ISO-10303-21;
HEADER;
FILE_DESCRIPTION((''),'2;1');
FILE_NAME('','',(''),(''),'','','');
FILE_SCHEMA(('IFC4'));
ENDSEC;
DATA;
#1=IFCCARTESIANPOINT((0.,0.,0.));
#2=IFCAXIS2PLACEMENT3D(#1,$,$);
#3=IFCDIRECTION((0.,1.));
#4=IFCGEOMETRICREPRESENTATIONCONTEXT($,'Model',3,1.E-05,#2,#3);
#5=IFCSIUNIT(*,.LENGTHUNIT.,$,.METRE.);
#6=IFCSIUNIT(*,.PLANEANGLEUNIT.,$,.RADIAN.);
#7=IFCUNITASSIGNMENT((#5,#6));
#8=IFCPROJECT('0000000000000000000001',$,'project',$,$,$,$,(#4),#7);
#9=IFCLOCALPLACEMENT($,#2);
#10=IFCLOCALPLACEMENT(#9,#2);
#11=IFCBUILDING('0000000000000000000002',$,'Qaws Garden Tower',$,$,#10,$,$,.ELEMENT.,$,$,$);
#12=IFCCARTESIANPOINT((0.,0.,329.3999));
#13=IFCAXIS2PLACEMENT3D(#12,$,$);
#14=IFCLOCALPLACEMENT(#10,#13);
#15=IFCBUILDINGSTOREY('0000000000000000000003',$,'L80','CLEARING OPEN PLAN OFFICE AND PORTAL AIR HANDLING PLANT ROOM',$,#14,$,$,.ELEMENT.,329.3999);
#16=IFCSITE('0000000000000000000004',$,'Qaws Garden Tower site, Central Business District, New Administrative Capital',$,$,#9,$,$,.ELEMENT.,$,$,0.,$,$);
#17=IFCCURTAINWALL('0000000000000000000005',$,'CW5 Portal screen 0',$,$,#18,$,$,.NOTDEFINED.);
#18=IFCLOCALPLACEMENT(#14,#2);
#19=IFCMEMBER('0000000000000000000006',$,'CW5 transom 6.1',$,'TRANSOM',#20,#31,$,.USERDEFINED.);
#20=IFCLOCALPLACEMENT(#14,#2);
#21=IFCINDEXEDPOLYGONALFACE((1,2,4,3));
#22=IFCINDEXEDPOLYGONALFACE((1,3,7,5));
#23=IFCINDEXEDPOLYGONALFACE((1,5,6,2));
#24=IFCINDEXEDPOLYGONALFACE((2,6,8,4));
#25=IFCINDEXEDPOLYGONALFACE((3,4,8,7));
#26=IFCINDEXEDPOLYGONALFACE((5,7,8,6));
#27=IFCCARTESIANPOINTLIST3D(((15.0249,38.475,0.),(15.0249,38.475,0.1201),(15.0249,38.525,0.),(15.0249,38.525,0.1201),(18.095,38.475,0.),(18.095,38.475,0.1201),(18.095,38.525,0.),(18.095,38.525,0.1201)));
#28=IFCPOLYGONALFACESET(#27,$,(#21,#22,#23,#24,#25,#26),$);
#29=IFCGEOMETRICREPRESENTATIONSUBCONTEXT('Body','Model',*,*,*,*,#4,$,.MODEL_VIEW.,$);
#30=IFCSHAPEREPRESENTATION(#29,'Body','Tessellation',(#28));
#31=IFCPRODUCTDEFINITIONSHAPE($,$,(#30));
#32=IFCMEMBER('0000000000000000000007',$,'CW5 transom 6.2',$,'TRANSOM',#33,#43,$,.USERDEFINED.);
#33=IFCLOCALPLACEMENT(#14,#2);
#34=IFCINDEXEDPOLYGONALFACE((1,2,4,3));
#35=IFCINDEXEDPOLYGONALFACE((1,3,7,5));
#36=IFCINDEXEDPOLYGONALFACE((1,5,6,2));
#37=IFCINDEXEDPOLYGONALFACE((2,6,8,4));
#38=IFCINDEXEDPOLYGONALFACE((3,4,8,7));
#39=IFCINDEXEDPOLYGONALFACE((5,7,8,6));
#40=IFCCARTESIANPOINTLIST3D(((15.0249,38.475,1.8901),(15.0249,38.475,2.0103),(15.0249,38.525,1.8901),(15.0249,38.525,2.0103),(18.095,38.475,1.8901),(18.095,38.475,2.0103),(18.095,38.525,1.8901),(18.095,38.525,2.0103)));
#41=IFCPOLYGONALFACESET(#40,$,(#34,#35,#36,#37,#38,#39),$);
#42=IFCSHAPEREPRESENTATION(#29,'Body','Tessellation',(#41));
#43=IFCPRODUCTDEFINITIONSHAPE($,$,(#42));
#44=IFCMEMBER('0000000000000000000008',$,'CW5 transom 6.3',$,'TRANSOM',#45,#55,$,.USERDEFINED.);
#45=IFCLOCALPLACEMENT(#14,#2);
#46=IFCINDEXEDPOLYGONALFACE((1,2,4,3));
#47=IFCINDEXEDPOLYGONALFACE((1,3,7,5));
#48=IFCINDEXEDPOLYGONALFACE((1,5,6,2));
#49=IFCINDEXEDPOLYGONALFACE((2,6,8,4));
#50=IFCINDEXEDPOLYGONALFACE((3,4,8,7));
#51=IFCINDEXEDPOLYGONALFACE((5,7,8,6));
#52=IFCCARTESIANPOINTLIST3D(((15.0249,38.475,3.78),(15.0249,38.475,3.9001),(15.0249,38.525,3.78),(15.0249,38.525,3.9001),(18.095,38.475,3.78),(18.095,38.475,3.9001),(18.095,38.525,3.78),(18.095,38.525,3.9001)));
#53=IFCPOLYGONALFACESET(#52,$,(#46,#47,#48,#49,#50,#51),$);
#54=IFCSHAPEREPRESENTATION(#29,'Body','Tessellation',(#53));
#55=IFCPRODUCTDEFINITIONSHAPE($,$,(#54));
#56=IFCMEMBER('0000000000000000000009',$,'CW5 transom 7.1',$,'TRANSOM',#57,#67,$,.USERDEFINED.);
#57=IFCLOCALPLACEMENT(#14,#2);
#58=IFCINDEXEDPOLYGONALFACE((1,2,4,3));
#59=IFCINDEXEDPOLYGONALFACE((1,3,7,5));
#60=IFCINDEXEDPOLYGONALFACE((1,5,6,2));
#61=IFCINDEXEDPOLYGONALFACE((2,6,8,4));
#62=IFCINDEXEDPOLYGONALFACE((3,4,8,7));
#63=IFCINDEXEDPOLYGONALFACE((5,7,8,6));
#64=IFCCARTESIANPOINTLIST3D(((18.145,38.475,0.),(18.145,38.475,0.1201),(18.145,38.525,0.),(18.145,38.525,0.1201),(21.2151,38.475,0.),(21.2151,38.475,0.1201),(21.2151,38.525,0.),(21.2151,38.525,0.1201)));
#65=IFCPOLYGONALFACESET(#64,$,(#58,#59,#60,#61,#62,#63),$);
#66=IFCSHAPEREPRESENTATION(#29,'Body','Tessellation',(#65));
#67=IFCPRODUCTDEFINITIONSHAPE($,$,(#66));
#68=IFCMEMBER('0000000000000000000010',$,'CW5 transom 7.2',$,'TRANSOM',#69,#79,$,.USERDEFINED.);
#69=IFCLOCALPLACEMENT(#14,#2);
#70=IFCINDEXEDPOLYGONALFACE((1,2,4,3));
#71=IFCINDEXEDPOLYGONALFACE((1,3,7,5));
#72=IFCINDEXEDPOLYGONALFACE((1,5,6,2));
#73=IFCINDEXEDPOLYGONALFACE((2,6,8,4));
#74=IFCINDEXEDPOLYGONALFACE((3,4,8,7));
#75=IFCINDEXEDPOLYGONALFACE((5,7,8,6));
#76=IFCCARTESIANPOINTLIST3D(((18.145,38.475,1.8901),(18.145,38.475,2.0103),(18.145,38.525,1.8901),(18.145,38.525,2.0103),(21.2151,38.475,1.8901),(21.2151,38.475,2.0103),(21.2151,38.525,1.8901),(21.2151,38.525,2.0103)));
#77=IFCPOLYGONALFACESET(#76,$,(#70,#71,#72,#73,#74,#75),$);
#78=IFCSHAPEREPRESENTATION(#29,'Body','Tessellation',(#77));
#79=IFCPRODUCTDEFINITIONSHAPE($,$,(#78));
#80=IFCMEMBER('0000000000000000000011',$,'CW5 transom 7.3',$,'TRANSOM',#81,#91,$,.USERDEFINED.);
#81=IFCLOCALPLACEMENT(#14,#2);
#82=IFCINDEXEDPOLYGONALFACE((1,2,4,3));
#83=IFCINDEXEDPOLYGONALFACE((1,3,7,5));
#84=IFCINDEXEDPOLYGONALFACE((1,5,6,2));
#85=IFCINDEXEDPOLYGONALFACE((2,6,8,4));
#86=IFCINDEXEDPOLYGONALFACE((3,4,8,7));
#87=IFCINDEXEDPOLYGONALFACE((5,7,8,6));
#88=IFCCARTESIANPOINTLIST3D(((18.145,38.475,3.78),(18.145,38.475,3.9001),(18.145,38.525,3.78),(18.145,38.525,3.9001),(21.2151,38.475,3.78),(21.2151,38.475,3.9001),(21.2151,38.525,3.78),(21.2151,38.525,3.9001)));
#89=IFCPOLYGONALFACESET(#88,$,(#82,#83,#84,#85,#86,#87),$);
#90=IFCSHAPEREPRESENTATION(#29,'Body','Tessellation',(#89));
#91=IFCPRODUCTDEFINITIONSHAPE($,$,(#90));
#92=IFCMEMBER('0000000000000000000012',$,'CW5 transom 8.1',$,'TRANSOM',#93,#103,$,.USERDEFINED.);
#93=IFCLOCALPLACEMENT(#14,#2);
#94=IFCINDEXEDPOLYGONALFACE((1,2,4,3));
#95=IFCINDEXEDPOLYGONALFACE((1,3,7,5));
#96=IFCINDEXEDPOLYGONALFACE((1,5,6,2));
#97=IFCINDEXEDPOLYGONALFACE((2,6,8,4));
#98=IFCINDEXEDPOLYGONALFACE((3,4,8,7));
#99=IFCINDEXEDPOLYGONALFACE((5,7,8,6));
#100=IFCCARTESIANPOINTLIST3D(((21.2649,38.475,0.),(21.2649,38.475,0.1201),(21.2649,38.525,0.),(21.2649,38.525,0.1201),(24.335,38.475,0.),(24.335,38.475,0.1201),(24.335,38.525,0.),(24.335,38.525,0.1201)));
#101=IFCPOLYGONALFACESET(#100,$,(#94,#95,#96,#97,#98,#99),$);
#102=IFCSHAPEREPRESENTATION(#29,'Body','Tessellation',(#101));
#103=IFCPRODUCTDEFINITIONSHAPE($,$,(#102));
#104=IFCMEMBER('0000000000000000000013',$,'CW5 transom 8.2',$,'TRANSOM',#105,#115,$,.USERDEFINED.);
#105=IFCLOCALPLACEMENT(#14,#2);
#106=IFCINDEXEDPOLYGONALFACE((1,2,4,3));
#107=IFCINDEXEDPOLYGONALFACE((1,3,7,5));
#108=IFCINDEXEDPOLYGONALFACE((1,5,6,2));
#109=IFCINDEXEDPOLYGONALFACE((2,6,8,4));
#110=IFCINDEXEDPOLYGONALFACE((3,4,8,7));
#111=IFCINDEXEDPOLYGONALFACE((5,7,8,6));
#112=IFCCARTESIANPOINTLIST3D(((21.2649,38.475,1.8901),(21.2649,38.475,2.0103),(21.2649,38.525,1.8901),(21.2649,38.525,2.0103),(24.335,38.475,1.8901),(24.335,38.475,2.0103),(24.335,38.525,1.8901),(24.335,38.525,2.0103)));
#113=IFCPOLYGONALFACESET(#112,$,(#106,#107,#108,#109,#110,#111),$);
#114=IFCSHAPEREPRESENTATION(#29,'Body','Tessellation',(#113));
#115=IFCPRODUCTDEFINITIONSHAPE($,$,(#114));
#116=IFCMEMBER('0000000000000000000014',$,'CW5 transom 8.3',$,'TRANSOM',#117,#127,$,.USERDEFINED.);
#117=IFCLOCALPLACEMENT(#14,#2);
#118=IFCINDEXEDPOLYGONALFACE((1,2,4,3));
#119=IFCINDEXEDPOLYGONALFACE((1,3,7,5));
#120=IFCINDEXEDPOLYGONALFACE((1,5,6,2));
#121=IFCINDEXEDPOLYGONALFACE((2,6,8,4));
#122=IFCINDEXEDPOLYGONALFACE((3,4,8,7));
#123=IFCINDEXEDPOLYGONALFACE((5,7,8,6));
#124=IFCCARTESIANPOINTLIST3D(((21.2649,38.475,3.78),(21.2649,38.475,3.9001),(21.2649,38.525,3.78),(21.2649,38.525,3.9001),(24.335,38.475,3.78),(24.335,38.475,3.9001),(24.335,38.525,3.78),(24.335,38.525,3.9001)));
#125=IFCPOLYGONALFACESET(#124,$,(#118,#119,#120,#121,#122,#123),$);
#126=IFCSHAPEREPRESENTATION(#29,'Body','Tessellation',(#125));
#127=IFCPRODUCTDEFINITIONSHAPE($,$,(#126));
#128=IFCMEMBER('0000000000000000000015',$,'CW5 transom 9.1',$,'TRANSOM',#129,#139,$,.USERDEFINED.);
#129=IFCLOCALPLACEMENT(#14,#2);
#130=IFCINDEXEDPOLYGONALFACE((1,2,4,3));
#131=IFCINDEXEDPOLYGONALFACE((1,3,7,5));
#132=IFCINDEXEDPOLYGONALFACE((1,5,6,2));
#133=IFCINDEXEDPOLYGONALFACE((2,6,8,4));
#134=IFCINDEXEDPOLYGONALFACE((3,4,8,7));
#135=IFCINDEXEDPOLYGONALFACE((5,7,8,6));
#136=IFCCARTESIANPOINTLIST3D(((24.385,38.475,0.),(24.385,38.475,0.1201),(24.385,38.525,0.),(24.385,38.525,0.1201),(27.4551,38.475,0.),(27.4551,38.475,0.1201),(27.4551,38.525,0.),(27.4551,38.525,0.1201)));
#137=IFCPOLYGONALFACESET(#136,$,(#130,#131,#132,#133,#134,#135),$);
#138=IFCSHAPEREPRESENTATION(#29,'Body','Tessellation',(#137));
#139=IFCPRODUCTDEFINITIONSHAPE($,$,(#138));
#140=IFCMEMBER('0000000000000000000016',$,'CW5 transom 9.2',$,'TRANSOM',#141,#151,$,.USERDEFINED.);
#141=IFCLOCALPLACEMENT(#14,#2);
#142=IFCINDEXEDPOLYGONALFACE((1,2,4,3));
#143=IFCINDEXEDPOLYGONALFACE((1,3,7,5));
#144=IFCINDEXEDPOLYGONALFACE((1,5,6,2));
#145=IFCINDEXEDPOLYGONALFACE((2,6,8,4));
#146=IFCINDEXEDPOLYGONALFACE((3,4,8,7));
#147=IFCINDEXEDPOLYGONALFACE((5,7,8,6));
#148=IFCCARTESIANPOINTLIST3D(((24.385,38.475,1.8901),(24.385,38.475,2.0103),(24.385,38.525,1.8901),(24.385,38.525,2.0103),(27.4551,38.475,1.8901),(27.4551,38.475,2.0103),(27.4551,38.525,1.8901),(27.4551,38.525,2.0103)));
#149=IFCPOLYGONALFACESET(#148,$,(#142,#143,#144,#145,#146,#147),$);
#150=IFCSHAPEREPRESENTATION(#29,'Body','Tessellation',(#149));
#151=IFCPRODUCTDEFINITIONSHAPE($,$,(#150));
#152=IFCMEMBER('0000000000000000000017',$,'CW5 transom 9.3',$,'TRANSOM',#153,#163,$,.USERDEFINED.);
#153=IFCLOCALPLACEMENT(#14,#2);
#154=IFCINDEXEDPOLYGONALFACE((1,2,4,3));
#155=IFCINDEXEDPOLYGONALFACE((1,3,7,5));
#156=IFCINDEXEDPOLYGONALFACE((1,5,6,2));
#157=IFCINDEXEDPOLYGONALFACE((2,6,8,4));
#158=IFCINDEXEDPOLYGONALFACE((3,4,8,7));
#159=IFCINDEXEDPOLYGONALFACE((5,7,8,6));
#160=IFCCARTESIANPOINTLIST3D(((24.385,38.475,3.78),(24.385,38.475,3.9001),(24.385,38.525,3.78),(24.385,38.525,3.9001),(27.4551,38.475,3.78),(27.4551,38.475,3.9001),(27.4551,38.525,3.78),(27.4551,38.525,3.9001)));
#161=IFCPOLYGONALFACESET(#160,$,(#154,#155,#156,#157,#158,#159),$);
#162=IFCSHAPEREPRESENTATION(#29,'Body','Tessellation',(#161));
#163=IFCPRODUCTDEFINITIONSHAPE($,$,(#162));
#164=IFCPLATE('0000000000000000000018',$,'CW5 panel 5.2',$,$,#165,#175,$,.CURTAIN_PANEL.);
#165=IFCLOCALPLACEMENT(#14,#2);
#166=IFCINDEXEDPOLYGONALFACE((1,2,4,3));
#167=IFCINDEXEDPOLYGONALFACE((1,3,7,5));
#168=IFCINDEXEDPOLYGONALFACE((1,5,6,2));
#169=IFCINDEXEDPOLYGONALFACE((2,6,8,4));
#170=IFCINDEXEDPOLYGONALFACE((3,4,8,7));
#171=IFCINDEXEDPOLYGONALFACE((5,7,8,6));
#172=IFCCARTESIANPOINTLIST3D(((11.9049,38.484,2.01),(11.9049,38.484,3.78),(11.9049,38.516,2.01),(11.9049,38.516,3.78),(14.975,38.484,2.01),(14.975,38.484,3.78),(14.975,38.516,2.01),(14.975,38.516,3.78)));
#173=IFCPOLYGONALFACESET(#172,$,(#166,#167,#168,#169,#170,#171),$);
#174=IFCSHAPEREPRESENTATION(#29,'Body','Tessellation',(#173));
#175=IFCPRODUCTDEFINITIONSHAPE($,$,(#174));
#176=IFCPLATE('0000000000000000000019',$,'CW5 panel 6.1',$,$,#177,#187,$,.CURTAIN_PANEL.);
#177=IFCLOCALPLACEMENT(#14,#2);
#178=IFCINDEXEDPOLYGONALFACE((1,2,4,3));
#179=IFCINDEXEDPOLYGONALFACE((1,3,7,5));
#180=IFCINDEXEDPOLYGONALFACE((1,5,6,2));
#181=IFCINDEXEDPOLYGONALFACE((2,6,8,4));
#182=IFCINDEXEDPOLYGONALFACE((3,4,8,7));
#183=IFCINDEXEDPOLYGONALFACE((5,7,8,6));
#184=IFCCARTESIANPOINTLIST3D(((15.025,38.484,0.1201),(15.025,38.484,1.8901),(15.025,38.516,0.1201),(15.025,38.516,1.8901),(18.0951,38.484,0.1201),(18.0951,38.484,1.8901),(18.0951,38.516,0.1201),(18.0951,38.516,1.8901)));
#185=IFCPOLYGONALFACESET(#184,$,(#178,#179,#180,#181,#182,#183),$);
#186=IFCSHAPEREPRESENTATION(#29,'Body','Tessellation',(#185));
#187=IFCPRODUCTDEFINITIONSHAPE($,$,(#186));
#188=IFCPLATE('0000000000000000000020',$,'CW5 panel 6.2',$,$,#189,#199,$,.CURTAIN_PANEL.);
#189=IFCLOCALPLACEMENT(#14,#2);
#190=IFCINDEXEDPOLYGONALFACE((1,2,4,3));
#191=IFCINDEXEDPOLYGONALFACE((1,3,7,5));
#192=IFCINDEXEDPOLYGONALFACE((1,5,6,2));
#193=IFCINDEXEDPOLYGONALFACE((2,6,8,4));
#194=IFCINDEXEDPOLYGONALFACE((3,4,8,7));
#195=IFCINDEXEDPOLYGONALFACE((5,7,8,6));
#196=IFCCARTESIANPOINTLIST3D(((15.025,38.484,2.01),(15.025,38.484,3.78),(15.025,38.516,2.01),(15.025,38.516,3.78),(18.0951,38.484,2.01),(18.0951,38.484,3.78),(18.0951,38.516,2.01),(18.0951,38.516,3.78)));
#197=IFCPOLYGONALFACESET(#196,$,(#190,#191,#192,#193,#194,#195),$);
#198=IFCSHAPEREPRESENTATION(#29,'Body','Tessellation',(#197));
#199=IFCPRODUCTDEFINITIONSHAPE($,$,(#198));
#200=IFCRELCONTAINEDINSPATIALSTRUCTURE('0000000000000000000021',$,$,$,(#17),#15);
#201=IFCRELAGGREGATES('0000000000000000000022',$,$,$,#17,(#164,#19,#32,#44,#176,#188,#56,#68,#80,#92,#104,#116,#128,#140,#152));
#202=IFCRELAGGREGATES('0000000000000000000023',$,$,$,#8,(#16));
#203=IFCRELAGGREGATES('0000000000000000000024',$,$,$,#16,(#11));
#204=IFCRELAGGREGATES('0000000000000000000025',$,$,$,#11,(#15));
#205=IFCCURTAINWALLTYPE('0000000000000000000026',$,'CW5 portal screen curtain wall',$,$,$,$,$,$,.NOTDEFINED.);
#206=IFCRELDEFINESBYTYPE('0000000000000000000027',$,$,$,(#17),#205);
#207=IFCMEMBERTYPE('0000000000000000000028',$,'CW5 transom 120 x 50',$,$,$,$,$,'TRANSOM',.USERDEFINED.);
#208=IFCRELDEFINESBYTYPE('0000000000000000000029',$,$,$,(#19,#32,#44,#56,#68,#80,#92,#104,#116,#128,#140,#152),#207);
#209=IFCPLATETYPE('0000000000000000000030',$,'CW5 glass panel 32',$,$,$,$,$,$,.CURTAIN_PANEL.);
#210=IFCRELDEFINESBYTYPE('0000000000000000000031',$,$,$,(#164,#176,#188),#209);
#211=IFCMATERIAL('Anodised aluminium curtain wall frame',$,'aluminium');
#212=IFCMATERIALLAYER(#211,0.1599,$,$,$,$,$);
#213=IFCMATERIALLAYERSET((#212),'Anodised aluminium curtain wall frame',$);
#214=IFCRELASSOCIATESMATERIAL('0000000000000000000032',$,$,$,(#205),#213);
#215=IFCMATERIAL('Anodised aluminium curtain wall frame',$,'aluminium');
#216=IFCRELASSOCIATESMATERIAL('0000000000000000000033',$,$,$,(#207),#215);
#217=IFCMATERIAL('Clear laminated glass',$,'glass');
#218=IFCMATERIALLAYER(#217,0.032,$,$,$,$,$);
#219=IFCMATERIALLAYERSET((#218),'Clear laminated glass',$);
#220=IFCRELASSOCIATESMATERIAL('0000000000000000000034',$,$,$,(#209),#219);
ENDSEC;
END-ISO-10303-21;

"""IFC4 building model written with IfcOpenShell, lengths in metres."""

from ifc_helpers import new_model, si_unit, direction, frame, origin, origin_2d, place, context, subcontext, project, spatial, rectangle, extrude, material, layer, layer_set, material_profile, profile_set, type_object, element, aggregate, save


model = new_model("IFC4")

# Units and contexts
model_context = context("Model", 3, precision=1e-05, world=origin(), true_north=direction((0.0, 1.0)))
body_context = subcontext(model_context, "Body", "Model", "MODEL_VIEW")
ifc_project = project(units=[si_unit("LENGTHUNIT", "METRE"), si_unit("PLANEANGLEUNIT", "RADIAN")], contexts=[model_context])

# Site, building, storey
site_placement = place(None, origin())
site = spatial("IfcSite", under=ifc_project, at=site_placement, Name="Qaws Garden Tower site, Central Business District, New Administrative Capital", CompositionType="ELEMENT", RefElevation=0.0)
building_placement = place(site_placement, origin())
building = spatial("IfcBuilding", under=site, at=building_placement, Name="Qaws Garden Tower", CompositionType="ELEMENT")
storey_placement = place(building_placement, frame((0.0, 0.0, 329.3999)))
storey = spatial("IfcBuildingStorey", under=building, at=storey_placement, Name="L80", Description="CLEARING OPEN PLAN OFFICE AND PORTAL AIR HANDLING PLANT ROOM", CompositionType="ELEMENT", Elevation=329.3999)

# Curtain wall, members, plates
ifc_material_1 = material(Name="Anodised aluminium curtain wall frame", Category="aluminium")
ifc_layer_1 = layer(ifc_material_1, 0.1599)
ifc_layer_set_1 = layer_set([ifc_layer_1], Name="Anodised aluminium curtain wall frame")
curtain_wall_type = type_object("IfcCurtainWallType", Name="CW5 portal screen curtain wall", PredefinedType="NOTDEFINED", material=ifc_layer_set_1)
curtain_wall_placement = place(storey_placement, origin())
curtain_wall = element("IfcCurtainWall", 1, at=curtain_wall_placement, inside=storey, type_object=curtain_wall_type, Name="CW5 Portal screen 0", PredefinedType="NOTDEFINED")
ifc_material_2 = material(Name="Anodised aluminium curtain wall frame", Category="aluminium")
ifc_material_profile = material_profile(ifc_material_2, rectangle(XDim=0.05, YDim=0.1201, at=origin_2d()), Name="AL 50x120")
ifc_profile_set = profile_set([ifc_material_profile], Name="Anodised aluminium curtain wall frame")
member_type = type_object("IfcMemberType", Name="CW5 transom 120 x 50", ElementType="TRANSOM", PredefinedType="USERDEFINED", material=ifc_profile_set)
member_1_placement = place(storey_placement, frame((15.0249, 38.5, 0.0601), z_axis=(1.0, 0.0, 0.0), x_axis=(0.0, 1.0, 0.0)))
member_1 = element("IfcMember", 2, at=member_1_placement, type_object=member_type, Name="CW5 transom 6.1", ObjectType="TRANSOM", PredefinedType="USERDEFINED", context=body_context, shape_type="SweptSolid", body=[
    extrude(rectangle(XDim=0.05, YDim=0.1201, at=origin_2d()), origin(), (0.0, 0.0, 1.0), 3.0701),
])
member_2_placement = place(storey_placement, frame((15.0249, 38.5, 1.9502), z_axis=(1.0, 0.0, 0.0), x_axis=(0.0, 1.0, 0.0)))
member_2 = element("IfcMember", 3, at=member_2_placement, type_object=member_type, Name="CW5 transom 6.2", ObjectType="TRANSOM", PredefinedType="USERDEFINED", context=body_context, shape_type="SweptSolid", body=[
    extrude(rectangle(XDim=0.05, YDim=0.1201, at=origin_2d()), origin(), (0.0, 0.0, 1.0), 3.0701),
])
member_3_placement = place(storey_placement, frame((15.0249, 38.5, 3.8401), z_axis=(1.0, 0.0, 0.0), x_axis=(0.0, 1.0, 0.0)))
member_3 = element("IfcMember", 4, at=member_3_placement, type_object=member_type, Name="CW5 transom 6.3", ObjectType="TRANSOM", PredefinedType="USERDEFINED", context=body_context, shape_type="SweptSolid", body=[
    extrude(rectangle(XDim=0.05, YDim=0.1201, at=origin_2d()), origin(), (0.0, 0.0, 1.0), 3.0701),
])
member_4_placement = place(storey_placement, frame((18.145, 38.5, 0.0601), z_axis=(1.0, 0.0, 0.0), x_axis=(0.0, 1.0, 0.0)))
member_4 = element("IfcMember", 5, at=member_4_placement, type_object=member_type, Name="CW5 transom 7.1", ObjectType="TRANSOM", PredefinedType="USERDEFINED", context=body_context, shape_type="SweptSolid", body=[
    extrude(rectangle(XDim=0.05, YDim=0.1201, at=origin_2d()), origin(), (0.0, 0.0, 1.0), 3.0701),
])
member_5_placement = place(storey_placement, frame((18.145, 38.5, 1.9502), z_axis=(1.0, 0.0, 0.0), x_axis=(0.0, 1.0, 0.0)))
member_5 = element("IfcMember", 6, at=member_5_placement, type_object=member_type, Name="CW5 transom 7.2", ObjectType="TRANSOM", PredefinedType="USERDEFINED", context=body_context, shape_type="SweptSolid", body=[
    extrude(rectangle(XDim=0.05, YDim=0.1201, at=origin_2d()), origin(), (0.0, 0.0, 1.0), 3.0701),
])
member_6_placement = place(storey_placement, frame((18.145, 38.5, 3.8401), z_axis=(1.0, 0.0, 0.0), x_axis=(0.0, 1.0, 0.0)))
member_6 = element("IfcMember", 7, at=member_6_placement, type_object=member_type, Name="CW5 transom 7.3", ObjectType="TRANSOM", PredefinedType="USERDEFINED", context=body_context, shape_type="SweptSolid", body=[
    extrude(rectangle(XDim=0.05, YDim=0.1201, at=origin_2d()), origin(), (0.0, 0.0, 1.0), 3.0701),
])
member_7_placement = place(storey_placement, frame((21.2649, 38.5, 0.0601), z_axis=(1.0, 0.0, 0.0), x_axis=(0.0, 1.0, 0.0)))
member_7 = element("IfcMember", 8, at=member_7_placement, type_object=member_type, Name="CW5 transom 8.1", ObjectType="TRANSOM", PredefinedType="USERDEFINED", context=body_context, shape_type="SweptSolid", body=[
    extrude(rectangle(XDim=0.05, YDim=0.1201, at=origin_2d()), origin(), (0.0, 0.0, 1.0), 3.0701),
])
member_8_placement = place(storey_placement, frame((21.2649, 38.5, 1.9502), z_axis=(1.0, 0.0, 0.0), x_axis=(0.0, 1.0, 0.0)))
member_8 = element("IfcMember", 9, at=member_8_placement, type_object=member_type, Name="CW5 transom 8.2", ObjectType="TRANSOM", PredefinedType="USERDEFINED", context=body_context, shape_type="SweptSolid", body=[
    extrude(rectangle(XDim=0.05, YDim=0.1201, at=origin_2d()), origin(), (0.0, 0.0, 1.0), 3.0701),
])
member_9_placement = place(storey_placement, frame((21.2649, 38.5, 3.8401), z_axis=(1.0, 0.0, 0.0), x_axis=(0.0, 1.0, 0.0)))
member_9 = element("IfcMember", 10, at=member_9_placement, type_object=member_type, Name="CW5 transom 8.3", ObjectType="TRANSOM", PredefinedType="USERDEFINED", context=body_context, shape_type="SweptSolid", body=[
    extrude(rectangle(XDim=0.05, YDim=0.1201, at=origin_2d()), origin(), (0.0, 0.0, 1.0), 3.0701),
])
member_10_placement = place(storey_placement, frame((24.385, 38.5, 0.0601), z_axis=(1.0, 0.0, 0.0), x_axis=(0.0, 1.0, 0.0)))
member_10 = element("IfcMember", 11, at=member_10_placement, type_object=member_type, Name="CW5 transom 9.1", ObjectType="TRANSOM", PredefinedType="USERDEFINED", context=body_context, shape_type="SweptSolid", body=[
    extrude(rectangle(XDim=0.05, YDim=0.1201, at=origin_2d()), origin(), (0.0, 0.0, 1.0), 3.0701),
])
member_11_placement = place(storey_placement, frame((24.385, 38.5, 1.9502), z_axis=(1.0, 0.0, 0.0), x_axis=(0.0, 1.0, 0.0)))
member_11 = element("IfcMember", 12, at=member_11_placement, type_object=member_type, Name="CW5 transom 9.2", ObjectType="TRANSOM", PredefinedType="USERDEFINED", context=body_context, shape_type="SweptSolid", body=[
    extrude(rectangle(XDim=0.05, YDim=0.1201, at=origin_2d()), origin(), (0.0, 0.0, 1.0), 3.0701),
])
member_12_placement = place(storey_placement, frame((24.385, 38.5, 3.8401), z_axis=(1.0, 0.0, 0.0), x_axis=(0.0, 1.0, 0.0)))
member_12 = element("IfcMember", 13, at=member_12_placement, type_object=member_type, Name="CW5 transom 9.3", ObjectType="TRANSOM", PredefinedType="USERDEFINED", context=body_context, shape_type="SweptSolid", body=[
    extrude(rectangle(XDim=0.05, YDim=0.1201, at=origin_2d()), origin(), (0.0, 0.0, 1.0), 3.0701),
])
ifc_material_3 = material(Name="Clear laminated glass", Category="glass")
ifc_layer_2 = layer(ifc_material_3, 0.032)
ifc_layer_set_2 = layer_set([ifc_layer_2], Name="Clear laminated glass")
plate_type = type_object("IfcPlateType", Name="CW5 glass panel 32", PredefinedType="CURTAIN_PANEL", material=ifc_layer_set_2)
plate_1_placement = place(storey_placement, frame((13.4399, 38.5, 2.01), z_axis=(0.0, 0.0, 1.0), x_axis=(1.0, 0.0, 0.0)))
plate_1 = element("IfcPlate", 14, at=plate_1_placement, type_object=plate_type, Name="CW5 panel 5.2", PredefinedType="CURTAIN_PANEL", context=body_context, shape_type="SweptSolid", body=[
    extrude(rectangle(XDim=3.0701, YDim=0.032, at=origin_2d()), origin(), (0.0, 0.0, 1.0), 1.77),
])
plate_2_placement = place(storey_placement, frame((16.5601, 38.5, 0.1201), z_axis=(0.0, 0.0, 1.0), x_axis=(1.0, 0.0, 0.0)))
plate_2 = element("IfcPlate", 15, at=plate_2_placement, type_object=plate_type, Name="CW5 panel 6.1", PredefinedType="CURTAIN_PANEL", context=body_context, shape_type="SweptSolid", body=[
    extrude(rectangle(XDim=3.0701, YDim=0.032, at=origin_2d()), origin(), (0.0, 0.0, 1.0), 1.77),
])
plate_3_placement = place(storey_placement, frame((16.5601, 38.5, 2.01), z_axis=(0.0, 0.0, 1.0), x_axis=(1.0, 0.0, 0.0)))
plate_3 = element("IfcPlate", 16, at=plate_3_placement, type_object=plate_type, Name="CW5 panel 6.2", PredefinedType="CURTAIN_PANEL", context=body_context, shape_type="SweptSolid", body=[
    extrude(rectangle(XDim=3.0701, YDim=0.032, at=origin_2d()), origin(), (0.0, 0.0, 1.0), 1.77),
])
aggregate(curtain_wall, [plate_1, member_1, member_2, member_3, plate_2, plate_3, member_4, member_5, member_6, member_7, member_8, member_9, member_10, member_11, member_12])

save(model, "model.ifc")
